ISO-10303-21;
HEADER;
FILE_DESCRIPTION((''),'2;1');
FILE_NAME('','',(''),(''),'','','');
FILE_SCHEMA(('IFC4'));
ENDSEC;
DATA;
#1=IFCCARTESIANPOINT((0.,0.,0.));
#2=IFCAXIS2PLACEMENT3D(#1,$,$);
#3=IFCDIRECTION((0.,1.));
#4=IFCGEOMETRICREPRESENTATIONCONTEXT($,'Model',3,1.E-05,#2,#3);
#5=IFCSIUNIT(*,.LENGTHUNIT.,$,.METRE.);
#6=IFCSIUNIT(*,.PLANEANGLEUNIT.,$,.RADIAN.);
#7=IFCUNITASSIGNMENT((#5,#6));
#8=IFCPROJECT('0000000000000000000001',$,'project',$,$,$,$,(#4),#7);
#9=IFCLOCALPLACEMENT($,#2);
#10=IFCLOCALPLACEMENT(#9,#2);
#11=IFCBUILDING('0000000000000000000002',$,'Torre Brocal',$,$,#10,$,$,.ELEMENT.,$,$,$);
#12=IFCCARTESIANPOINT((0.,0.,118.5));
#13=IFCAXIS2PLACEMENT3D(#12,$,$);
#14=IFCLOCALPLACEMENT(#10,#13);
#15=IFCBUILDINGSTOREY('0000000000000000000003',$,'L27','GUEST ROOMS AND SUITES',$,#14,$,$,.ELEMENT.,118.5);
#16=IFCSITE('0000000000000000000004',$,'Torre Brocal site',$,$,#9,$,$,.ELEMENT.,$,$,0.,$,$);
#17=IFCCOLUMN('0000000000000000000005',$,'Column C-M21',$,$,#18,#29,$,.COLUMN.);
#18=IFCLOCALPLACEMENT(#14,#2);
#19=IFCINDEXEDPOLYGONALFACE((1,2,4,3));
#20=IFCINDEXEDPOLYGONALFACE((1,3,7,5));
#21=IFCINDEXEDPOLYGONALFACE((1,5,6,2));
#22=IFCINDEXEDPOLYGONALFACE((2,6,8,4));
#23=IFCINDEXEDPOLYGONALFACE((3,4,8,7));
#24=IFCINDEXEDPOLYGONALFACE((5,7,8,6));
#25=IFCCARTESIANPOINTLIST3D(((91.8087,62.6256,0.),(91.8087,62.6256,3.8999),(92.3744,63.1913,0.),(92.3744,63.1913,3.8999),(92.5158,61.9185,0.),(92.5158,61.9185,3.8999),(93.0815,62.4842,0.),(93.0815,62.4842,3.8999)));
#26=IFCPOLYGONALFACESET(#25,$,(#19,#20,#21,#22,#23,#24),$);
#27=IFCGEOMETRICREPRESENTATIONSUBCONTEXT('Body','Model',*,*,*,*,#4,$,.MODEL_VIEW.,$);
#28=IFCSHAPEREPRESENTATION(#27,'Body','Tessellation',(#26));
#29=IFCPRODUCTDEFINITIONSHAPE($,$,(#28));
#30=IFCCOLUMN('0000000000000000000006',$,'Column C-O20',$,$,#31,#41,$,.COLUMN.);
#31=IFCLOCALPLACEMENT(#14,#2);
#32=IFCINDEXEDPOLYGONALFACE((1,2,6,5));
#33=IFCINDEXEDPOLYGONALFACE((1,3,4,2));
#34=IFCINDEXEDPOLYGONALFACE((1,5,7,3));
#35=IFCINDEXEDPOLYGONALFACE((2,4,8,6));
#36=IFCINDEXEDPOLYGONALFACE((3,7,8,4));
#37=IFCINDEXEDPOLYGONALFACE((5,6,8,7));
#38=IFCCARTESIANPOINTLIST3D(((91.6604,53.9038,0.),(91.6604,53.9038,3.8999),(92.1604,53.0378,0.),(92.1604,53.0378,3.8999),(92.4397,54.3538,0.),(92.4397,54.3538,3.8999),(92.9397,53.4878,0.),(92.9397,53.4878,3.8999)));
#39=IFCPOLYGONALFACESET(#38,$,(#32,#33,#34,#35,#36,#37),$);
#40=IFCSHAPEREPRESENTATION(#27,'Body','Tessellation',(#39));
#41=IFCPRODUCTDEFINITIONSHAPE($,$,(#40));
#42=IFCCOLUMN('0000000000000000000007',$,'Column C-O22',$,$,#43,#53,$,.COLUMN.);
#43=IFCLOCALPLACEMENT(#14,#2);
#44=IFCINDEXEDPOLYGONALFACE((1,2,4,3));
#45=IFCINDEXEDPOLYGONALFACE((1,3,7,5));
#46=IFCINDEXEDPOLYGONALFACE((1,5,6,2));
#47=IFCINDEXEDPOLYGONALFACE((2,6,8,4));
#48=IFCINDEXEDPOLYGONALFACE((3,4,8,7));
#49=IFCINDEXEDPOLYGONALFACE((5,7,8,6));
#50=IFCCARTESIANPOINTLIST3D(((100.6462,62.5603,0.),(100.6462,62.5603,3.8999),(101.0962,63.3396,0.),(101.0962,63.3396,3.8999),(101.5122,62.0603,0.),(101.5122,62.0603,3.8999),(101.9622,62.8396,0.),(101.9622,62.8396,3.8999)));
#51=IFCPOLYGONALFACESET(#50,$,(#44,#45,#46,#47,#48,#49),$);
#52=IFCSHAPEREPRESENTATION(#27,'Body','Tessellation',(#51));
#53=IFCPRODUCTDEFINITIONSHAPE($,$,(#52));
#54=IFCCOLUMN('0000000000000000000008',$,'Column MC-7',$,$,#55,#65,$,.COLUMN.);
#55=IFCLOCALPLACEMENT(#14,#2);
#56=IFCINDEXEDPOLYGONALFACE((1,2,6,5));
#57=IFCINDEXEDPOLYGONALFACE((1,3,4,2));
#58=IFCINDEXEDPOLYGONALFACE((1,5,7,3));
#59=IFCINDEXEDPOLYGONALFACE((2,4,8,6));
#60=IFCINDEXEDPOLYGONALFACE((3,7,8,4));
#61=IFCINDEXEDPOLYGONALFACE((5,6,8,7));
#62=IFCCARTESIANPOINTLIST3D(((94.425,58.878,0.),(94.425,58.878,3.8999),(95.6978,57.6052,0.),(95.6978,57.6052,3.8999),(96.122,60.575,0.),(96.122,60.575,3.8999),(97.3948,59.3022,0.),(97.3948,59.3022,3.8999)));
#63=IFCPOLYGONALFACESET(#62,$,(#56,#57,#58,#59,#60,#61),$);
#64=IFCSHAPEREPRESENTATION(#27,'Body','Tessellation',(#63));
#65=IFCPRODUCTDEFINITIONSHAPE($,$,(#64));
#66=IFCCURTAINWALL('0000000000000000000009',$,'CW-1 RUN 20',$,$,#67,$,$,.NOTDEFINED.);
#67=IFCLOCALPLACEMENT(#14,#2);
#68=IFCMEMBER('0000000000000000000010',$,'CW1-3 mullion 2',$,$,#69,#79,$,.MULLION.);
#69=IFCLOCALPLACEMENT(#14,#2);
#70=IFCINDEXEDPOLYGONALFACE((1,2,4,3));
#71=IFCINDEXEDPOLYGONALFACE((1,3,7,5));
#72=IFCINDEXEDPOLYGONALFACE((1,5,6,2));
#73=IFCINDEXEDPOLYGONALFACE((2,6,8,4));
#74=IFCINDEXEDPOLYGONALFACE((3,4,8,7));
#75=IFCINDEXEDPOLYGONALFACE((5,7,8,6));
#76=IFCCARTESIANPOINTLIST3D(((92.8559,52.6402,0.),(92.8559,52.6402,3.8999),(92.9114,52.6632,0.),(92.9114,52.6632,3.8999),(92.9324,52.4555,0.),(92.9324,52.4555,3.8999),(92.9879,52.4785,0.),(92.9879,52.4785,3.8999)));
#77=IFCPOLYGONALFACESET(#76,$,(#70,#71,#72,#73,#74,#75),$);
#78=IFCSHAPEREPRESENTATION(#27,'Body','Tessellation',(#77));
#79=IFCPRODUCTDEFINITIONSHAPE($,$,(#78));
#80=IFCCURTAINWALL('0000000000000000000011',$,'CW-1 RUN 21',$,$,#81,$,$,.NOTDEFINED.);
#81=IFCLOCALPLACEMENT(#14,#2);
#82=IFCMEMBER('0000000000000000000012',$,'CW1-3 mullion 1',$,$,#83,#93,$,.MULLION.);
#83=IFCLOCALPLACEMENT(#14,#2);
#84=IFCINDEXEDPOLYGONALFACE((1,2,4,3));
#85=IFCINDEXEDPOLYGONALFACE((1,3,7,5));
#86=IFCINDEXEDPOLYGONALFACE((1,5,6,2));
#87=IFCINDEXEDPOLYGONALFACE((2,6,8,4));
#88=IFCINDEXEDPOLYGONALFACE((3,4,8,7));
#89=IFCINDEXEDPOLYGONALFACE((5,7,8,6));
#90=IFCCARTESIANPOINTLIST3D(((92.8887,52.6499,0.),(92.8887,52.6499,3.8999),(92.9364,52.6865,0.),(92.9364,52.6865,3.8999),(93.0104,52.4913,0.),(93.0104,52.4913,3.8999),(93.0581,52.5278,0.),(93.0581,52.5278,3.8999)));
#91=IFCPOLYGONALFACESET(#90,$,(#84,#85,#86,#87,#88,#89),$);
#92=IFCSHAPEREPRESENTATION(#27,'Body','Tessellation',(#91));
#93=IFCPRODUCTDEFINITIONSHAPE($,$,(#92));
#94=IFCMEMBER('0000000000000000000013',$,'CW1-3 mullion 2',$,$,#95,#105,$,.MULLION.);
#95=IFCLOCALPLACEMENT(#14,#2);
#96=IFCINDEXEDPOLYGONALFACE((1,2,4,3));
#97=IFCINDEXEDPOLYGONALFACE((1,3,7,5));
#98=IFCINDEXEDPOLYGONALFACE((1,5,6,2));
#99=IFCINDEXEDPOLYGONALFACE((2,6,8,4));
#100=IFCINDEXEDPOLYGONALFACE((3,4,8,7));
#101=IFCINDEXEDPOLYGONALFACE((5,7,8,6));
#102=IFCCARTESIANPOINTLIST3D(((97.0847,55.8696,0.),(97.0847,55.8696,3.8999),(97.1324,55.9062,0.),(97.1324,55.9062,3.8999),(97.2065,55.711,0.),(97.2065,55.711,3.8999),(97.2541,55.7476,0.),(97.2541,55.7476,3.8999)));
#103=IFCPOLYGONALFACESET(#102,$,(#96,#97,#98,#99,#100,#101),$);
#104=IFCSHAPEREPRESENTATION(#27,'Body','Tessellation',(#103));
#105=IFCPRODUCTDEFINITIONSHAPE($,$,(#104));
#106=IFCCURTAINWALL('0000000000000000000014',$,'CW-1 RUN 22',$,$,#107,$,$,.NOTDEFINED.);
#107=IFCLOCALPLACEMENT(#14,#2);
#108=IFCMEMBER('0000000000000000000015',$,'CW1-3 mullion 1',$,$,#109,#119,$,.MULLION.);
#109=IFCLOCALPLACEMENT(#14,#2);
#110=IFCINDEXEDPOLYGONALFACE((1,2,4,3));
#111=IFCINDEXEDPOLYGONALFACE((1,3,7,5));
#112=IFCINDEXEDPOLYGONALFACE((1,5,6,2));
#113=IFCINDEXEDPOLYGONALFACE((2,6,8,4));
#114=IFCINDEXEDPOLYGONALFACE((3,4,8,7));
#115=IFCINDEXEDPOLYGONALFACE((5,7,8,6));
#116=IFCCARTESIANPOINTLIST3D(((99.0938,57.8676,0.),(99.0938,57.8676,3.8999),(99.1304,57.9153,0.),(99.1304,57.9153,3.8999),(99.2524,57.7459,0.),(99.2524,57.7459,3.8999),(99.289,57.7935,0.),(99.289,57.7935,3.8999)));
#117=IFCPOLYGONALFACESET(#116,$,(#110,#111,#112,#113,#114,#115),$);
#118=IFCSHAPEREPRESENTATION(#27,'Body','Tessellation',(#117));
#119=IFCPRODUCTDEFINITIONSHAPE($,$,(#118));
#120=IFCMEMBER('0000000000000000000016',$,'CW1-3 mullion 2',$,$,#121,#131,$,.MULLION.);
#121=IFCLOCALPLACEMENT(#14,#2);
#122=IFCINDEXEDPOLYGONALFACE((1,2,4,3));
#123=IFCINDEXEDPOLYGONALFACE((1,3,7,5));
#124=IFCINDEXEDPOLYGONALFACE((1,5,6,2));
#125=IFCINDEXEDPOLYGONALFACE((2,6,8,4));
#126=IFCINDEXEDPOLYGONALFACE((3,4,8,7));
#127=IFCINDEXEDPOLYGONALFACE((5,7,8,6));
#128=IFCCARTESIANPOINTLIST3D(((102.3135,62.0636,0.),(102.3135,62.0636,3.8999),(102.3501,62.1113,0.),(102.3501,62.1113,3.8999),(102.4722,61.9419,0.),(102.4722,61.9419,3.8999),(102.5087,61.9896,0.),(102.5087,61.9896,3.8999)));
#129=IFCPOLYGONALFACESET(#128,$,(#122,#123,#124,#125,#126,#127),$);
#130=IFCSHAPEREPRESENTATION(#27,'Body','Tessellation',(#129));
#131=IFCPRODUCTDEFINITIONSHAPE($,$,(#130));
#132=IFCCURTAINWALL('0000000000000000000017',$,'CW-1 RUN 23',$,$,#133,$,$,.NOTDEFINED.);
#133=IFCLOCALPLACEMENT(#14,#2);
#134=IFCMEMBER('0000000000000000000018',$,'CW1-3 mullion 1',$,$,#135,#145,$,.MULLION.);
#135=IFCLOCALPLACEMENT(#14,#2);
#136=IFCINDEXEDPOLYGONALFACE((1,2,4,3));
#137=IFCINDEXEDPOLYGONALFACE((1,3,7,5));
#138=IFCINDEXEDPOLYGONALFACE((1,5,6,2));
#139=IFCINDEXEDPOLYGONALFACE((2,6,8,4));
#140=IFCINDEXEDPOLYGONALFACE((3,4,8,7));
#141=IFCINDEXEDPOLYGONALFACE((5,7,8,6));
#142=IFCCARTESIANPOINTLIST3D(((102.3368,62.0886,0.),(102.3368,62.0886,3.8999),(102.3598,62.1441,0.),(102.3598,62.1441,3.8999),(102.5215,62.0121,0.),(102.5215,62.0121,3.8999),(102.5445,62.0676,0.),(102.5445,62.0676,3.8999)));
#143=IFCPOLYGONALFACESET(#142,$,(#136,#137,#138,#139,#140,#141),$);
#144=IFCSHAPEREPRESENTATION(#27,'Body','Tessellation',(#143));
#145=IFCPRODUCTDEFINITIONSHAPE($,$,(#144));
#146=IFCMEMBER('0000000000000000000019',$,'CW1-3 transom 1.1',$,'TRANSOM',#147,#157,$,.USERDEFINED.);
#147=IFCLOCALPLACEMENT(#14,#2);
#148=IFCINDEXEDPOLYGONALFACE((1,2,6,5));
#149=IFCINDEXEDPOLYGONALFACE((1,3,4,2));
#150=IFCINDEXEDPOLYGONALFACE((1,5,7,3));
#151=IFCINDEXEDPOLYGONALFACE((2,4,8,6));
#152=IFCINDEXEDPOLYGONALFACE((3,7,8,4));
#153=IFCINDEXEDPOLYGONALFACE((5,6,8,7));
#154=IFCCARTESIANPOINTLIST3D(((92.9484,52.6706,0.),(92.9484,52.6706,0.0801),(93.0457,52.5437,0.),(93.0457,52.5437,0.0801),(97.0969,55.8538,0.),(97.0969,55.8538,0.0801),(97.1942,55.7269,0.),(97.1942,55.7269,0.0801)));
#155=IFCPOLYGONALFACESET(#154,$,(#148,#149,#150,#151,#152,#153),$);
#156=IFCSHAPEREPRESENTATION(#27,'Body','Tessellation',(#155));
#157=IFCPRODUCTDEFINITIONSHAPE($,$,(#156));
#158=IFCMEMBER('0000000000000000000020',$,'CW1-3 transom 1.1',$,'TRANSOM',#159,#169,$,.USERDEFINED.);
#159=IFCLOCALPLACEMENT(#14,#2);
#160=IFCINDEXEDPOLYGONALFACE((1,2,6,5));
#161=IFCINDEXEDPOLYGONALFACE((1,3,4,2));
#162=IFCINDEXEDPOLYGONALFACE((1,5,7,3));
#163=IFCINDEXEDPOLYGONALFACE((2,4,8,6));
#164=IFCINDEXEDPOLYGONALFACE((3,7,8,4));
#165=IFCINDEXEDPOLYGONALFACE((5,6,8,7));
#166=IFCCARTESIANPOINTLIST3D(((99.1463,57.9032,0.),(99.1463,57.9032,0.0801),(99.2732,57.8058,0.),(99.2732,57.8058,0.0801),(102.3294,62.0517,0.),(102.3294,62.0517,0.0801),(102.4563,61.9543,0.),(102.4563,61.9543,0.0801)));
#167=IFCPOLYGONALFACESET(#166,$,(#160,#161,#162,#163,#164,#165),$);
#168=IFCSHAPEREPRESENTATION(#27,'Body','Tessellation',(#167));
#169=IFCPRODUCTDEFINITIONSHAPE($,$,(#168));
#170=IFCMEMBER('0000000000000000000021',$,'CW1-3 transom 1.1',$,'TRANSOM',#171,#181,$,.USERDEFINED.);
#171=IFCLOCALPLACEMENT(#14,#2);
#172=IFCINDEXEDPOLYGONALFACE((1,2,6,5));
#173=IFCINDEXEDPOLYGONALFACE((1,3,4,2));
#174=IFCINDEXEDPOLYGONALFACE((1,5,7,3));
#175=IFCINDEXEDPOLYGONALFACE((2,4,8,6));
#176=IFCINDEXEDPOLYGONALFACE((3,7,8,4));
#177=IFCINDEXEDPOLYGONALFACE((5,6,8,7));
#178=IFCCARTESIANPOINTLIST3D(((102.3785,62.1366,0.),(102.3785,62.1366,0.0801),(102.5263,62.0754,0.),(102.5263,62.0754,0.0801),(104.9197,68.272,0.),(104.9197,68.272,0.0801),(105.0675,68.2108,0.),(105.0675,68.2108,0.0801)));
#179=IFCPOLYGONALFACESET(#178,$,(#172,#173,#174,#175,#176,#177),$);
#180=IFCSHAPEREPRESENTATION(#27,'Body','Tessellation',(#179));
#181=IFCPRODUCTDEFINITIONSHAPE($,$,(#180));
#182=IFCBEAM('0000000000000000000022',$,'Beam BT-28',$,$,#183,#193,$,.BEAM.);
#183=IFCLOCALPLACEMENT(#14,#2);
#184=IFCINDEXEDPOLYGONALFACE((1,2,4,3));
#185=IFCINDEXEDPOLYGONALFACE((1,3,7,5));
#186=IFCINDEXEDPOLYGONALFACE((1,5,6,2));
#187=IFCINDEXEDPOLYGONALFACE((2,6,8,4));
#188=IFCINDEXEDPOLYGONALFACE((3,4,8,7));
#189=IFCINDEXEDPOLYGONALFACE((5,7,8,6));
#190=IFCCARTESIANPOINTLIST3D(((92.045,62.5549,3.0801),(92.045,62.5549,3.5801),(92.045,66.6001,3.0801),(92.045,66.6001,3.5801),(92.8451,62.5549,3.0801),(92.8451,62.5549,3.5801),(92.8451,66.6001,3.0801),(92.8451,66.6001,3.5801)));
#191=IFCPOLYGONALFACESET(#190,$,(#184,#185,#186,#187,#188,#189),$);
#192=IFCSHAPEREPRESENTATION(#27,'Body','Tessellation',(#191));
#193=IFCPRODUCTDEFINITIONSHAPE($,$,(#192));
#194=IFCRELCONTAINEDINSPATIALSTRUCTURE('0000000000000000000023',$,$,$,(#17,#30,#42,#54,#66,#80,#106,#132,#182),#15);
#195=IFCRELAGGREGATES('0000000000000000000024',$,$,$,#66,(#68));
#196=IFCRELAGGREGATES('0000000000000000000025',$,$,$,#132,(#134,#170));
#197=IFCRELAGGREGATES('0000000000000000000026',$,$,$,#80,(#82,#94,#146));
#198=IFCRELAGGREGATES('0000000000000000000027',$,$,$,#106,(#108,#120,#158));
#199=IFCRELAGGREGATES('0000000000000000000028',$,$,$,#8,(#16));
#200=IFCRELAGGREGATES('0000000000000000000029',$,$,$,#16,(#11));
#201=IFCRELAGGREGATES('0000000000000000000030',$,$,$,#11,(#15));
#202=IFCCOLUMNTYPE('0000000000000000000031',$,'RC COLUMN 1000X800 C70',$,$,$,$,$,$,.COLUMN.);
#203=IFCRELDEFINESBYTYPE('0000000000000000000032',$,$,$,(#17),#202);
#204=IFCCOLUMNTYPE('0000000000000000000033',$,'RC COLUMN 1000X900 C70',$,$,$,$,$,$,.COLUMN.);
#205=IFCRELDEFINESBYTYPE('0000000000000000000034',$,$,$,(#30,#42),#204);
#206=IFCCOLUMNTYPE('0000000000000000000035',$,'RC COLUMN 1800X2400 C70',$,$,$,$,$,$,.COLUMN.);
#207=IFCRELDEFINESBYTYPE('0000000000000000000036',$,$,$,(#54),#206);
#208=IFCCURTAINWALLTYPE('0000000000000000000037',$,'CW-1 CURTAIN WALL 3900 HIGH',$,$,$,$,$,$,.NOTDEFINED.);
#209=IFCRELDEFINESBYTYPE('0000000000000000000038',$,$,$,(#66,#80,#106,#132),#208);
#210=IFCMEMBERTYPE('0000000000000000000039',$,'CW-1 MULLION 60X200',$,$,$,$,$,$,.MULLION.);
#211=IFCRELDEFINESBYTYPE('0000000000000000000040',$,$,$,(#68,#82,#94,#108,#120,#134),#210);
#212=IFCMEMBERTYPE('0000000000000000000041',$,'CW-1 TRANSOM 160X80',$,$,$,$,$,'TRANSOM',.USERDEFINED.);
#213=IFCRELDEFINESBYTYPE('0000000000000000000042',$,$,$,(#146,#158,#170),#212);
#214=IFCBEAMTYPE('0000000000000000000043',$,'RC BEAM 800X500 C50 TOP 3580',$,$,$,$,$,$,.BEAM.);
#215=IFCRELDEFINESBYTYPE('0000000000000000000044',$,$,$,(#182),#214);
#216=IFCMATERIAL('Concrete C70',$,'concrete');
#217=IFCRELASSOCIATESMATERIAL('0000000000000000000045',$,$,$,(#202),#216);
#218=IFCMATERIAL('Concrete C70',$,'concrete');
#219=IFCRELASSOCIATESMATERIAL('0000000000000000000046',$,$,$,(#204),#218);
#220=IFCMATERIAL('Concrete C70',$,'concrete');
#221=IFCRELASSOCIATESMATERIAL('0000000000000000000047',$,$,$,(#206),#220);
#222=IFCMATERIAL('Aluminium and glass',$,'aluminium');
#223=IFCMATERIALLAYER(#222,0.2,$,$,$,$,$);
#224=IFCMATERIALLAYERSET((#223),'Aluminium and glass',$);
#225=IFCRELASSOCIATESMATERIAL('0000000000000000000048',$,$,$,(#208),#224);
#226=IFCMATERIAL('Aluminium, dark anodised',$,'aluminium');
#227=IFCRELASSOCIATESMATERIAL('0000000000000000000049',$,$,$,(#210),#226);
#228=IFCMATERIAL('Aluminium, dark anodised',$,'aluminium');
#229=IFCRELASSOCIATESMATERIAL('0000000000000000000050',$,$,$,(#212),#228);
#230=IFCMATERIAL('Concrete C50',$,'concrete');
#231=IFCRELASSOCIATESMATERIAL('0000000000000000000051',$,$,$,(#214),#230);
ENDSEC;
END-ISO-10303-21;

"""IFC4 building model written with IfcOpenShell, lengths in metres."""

from ifc_helpers import new_model, si_unit, direction, frame, origin, origin_2d, place, context, subcontext, project, spatial, rectangle, extrude, material, layer, layer_set, material_profile, profile_set, type_object, element, aggregate, save


model = new_model("IFC4")

# Units and contexts
model_context = context("Model", 3, precision=1e-05, world=origin(), true_north=direction((0.0, 1.0)))
body_context = subcontext(model_context, "Body", "Model", "MODEL_VIEW")
ifc_project = project(units=[si_unit("LENGTHUNIT", "METRE"), si_unit("PLANEANGLEUNIT", "RADIAN")], contexts=[model_context])

# Site, building, storey
site_placement = place(None, origin())
site = spatial("IfcSite", under=ifc_project, at=site_placement, Name="Torre Brocal site", CompositionType="ELEMENT", RefElevation=0.0)
building_placement = place(site_placement, origin())
building = spatial("IfcBuilding", under=site, at=building_placement, Name="Torre Brocal", CompositionType="ELEMENT")
storey_placement = place(building_placement, frame((0.0, 0.0, 118.5)))
storey = spatial("IfcBuildingStorey", under=building, at=storey_placement, Name="L27", Description="GUEST ROOMS AND SUITES", CompositionType="ELEMENT", Elevation=118.5)

# Columns
ifc_material_1 = material(Name="Concrete C70", Category="concrete")
ifc_material_profile_1 = material_profile(ifc_material_1, rectangle(XDim=1.0, YDim=0.8, at=origin_2d()), Name="RC 1000X800")
ifc_profile_set_1 = profile_set([ifc_material_profile_1], Name="Concrete C70")
column_type_1 = type_object("IfcColumnType", Name="RC COLUMN 1000X800 C70", PredefinedType="COLUMN", material=ifc_profile_set_1)
column_1_placement = place(storey_placement, frame((92.4451, 62.5549, 0.0), z_axis=(0.0, 0.0, 1.0), x_axis=(0.707107, -0.707107, 0.0)))
element("IfcColumn", 1, at=column_1_placement, inside=storey, type_object=column_type_1, Name="Column C-M21", PredefinedType="COLUMN", context=body_context, shape_type="SweptSolid", body=[
    extrude(rectangle(XDim=1.0, YDim=0.8, at=origin_2d()), origin(), (0.0, 0.0, 1.0), 3.8999),
])
ifc_material_2 = material(Name="Concrete C70", Category="concrete")
ifc_material_profile_2 = material_profile(ifc_material_2, rectangle(XDim=1.0, YDim=0.8999, at=origin_2d()), Name="RC 1000X900")
ifc_profile_set_2 = profile_set([ifc_material_profile_2], Name="Concrete C70")
column_type_2 = type_object("IfcColumnType", Name="RC COLUMN 1000X900 C70", PredefinedType="COLUMN", material=ifc_profile_set_2)
for number, where, z_axis, x_axis, name in (
    (2, (92.3, 53.6958, 0.0), (0.0, 0.0, 1.0), (0.5, -0.866025, 0.0), "Column C-O20"),
    (3, (101.3042, 62.7, 0.0), (0.0, 0.0, 1.0), (0.866025, -0.5, 0.0), "Column C-O22"),
):
    element("IfcColumn", number, at=place(storey_placement, frame(where, z_axis=z_axis, x_axis=x_axis)), inside=storey, type_object=column_type_2, Name=name, PredefinedType="COLUMN", context=body_context, shape_type="SweptSolid", body=[
        extrude(rectangle(XDim=1.0, YDim=0.8999, at=origin_2d()), origin(), (0.0, 0.0, 1.0), 3.8999),
    ])
ifc_material_3 = material(Name="Concrete C70", Category="concrete")
ifc_material_profile_3 = material_profile(ifc_material_3, rectangle(XDim=1.8, YDim=2.3999, at=origin_2d()), Name="RC 1800X2400")
ifc_profile_set_3 = profile_set([ifc_material_profile_3], Name="Concrete C70")
column_type_3 = type_object("IfcColumnType", Name="RC COLUMN 1800X2400 C70", PredefinedType="COLUMN", material=ifc_profile_set_3)
column_2_placement = place(storey_placement, frame((95.9099, 59.0901, 0.0), z_axis=(0.0, 0.0, 1.0), x_axis=(0.707107, -0.707107, 0.0)))
element("IfcColumn", 4, at=column_2_placement, inside=storey, type_object=column_type_3, Name="Column MC-7", PredefinedType="COLUMN", context=body_context, shape_type="SweptSolid", body=[
    extrude(rectangle(XDim=1.8, YDim=2.3999, at=origin_2d()), origin(), (0.0, 0.0, 1.0), 3.8999),
])

# Curtain wall, member
ifc_material_4 = material(Name="Aluminium and glass", Category="aluminium")
ifc_layer_1 = layer(ifc_material_4, 0.2)
ifc_layer_set_1 = layer_set([ifc_layer_1], Name="Aluminium and glass")
curtain_wall_type = type_object("IfcCurtainWallType", Name="CW-1 CURTAIN WALL 3900 HIGH", PredefinedType="NOTDEFINED", material=ifc_layer_set_1)
curtain_wall_1_placement = place(storey_placement, origin())
curtain_wall_1 = element("IfcCurtainWall", 5, at=curtain_wall_1_placement, inside=storey, type_object=curtain_wall_type, Name="CW-1 RUN 20", PredefinedType="NOTDEFINED")
ifc_material_5 = material(Name="Aluminium, dark anodised", Category="aluminium")
ifc_material_profile_4 = material_profile(ifc_material_5, rectangle(XDim=0.2, YDim=0.0601, at=origin_2d()), Name="CW-1 MULLION 60X200")
ifc_profile_set_4 = profile_set([ifc_material_profile_4], Name="Aluminium, dark anodised")
member_type_1 = type_object("IfcMemberType", Name="CW-1 MULLION 60X200", PredefinedType="MULLION", material=ifc_profile_set_4)
member_1_placement = place(storey_placement, frame((92.9219, 52.5593, 0.0), z_axis=(0.0, 0.0, 1.0), x_axis=(-0.382683, 0.92388, 0.0)))
member_1 = element("IfcMember", 6, at=member_1_placement, type_object=member_type_1, Name="CW1-3 mullion 2", PredefinedType="MULLION", context=body_context, shape_type="SweptSolid", body=[
    extrude(rectangle(XDim=0.2, YDim=0.0601, at=origin_2d()), origin(), (0.0, 0.0, 1.0), 3.8999),
])
aggregate(curtain_wall_1, [member_1])

# Curtain walls, members
curtain_wall_2_placement = place(storey_placement, origin())
curtain_wall_2 = element("IfcCurtainWall", 7, at=curtain_wall_2_placement, inside=storey, type_object=curtain_wall_type, Name="CW-1 RUN 21", PredefinedType="NOTDEFINED")
member_2_placement = place(storey_placement, frame((92.9734, 52.5889, 0.0), z_axis=(0.0, 0.0, 1.0), x_axis=(-0.608761, 0.793353, 0.0)))
member_2 = element("IfcMember", 8, at=member_2_placement, type_object=member_type_1, Name="CW1-3 mullion 1", PredefinedType="MULLION", context=body_context, shape_type="SweptSolid", body=[
    extrude(rectangle(XDim=0.2, YDim=0.0601, at=origin_2d()), origin(), (0.0, 0.0, 1.0), 3.8999),
])
member_3_placement = place(storey_placement, frame((97.1694, 55.8086, 0.0), z_axis=(0.0, 0.0, 1.0), x_axis=(-0.608761, 0.793353, 0.0)))
member_3 = element("IfcMember", 9, at=member_3_placement, type_object=member_type_1, Name="CW1-3 mullion 2", PredefinedType="MULLION", context=body_context, shape_type="SweptSolid", body=[
    extrude(rectangle(XDim=0.2, YDim=0.0601, at=origin_2d()), origin(), (0.0, 0.0, 1.0), 3.8999),
])
curtain_wall_3_placement = place(storey_placement, origin())
curtain_wall_3 = element("IfcCurtainWall", 10, at=curtain_wall_3_placement, inside=storey, type_object=curtain_wall_type, Name="CW-1 RUN 22", PredefinedType="NOTDEFINED")
member_4_placement = place(storey_placement, frame((99.1914, 57.8306, 0.0), z_axis=(0.0, 0.0, 1.0), x_axis=(-0.793353, 0.608761, 0.0)))
member_4 = element("IfcMember", 11, at=member_4_placement, type_object=member_type_1, Name="CW1-3 mullion 1", PredefinedType="MULLION", context=body_context, shape_type="SweptSolid", body=[
    extrude(rectangle(XDim=0.2, YDim=0.0601, at=origin_2d()), origin(), (0.0, 0.0, 1.0), 3.8999),
])
member_5_placement = place(storey_placement, frame((102.4111, 62.0266, 0.0), z_axis=(0.0, 0.0, 1.0), x_axis=(-0.793353, 0.608761, 0.0)))
member_5 = element("IfcMember", 12, at=member_5_placement, type_object=member_type_1, Name="CW1-3 mullion 2", PredefinedType="MULLION", context=body_context, shape_type="SweptSolid", body=[
    extrude(rectangle(XDim=0.2, YDim=0.0601, at=origin_2d()), origin(), (0.0, 0.0, 1.0), 3.8999),
])

# Curtain wall, member
curtain_wall_4_placement = place(storey_placement, origin())
curtain_wall_4 = element("IfcCurtainWall", 13, at=curtain_wall_4_placement, inside=storey, type_object=curtain_wall_type, Name="CW-1 RUN 23", PredefinedType="NOTDEFINED")
member_6_placement = place(storey_placement, frame((102.4407, 62.0781, 0.0), z_axis=(0.0, 0.0, 1.0), x_axis=(-0.92388, 0.382683, 0.0)))
member_6 = element("IfcMember", 14, at=member_6_placement, type_object=member_type_1, Name="CW1-3 mullion 1", PredefinedType="MULLION", context=body_context, shape_type="SweptSolid", body=[
    extrude(rectangle(XDim=0.2, YDim=0.0601, at=origin_2d()), origin(), (0.0, 0.0, 1.0), 3.8999),
])

# Members
ifc_material_6 = material(Name="Aluminium, dark anodised", Category="aluminium")
ifc_material_profile_5 = material_profile(ifc_material_6, rectangle(XDim=0.1599, YDim=0.0801, at=origin_2d()), Name="CW-1 TRANSOM 160X80")
ifc_profile_set_5 = profile_set([ifc_material_profile_5], Name="Aluminium, dark anodised")
member_type_2 = type_object("IfcMemberType", Name="CW-1 TRANSOM 160X80", ElementType="TRANSOM", PredefinedType="USERDEFINED", material=ifc_profile_set_5)
member_7_placement = place(storey_placement, frame((92.9971, 52.6072, 0.04), z_axis=(0.793363, 0.608749, 0.0), x_axis=(-0.608749, 0.793363, 0.0)))
member_7 = element("IfcMember", 15, at=member_7_placement, type_object=member_type_2, Name="CW1-3 transom 1.1", ObjectType="TRANSOM", PredefinedType="USERDEFINED", context=body_context, shape_type="SweptSolid", body=[
    extrude(rectangle(XDim=0.1599, YDim=0.0801, at=origin_2d()), origin(), (0.0, 0.0, 1.0), 5.229),
])
member_8_placement = place(storey_placement, frame((99.2097, 57.8545, 0.04), z_axis=(0.608749, 0.793363, 0.0), x_axis=(-0.793363, 0.608749, 0.0)))
member_8 = element("IfcMember", 16, at=member_8_placement, type_object=member_type_2, Name="CW1-3 transom 1.1", ObjectType="TRANSOM", PredefinedType="USERDEFINED", context=body_context, shape_type="SweptSolid", body=[
    extrude(rectangle(XDim=0.1599, YDim=0.0801, at=origin_2d()), origin(), (0.0, 0.0, 1.0), 5.229),
])
member_9_placement = place(storey_placement, frame((102.4524, 62.106, 0.04), z_axis=(0.382665, 0.923887, 0.0), x_axis=(-0.923887, 0.382665, 0.0)))
member_9 = element("IfcMember", 17, at=member_9_placement, type_object=member_type_2, Name="CW1-3 transom 1.1", ObjectType="TRANSOM", PredefinedType="USERDEFINED", context=body_context, shape_type="SweptSolid", body=[
    extrude(rectangle(XDim=0.1599, YDim=0.0801, at=origin_2d()), origin(), (0.0, 0.0, 1.0), 6.6409),
])
aggregate(curtain_wall_4, [member_6, member_9])

# Beam
ifc_material_7 = material(Name="Concrete C50", Category="concrete")
ifc_material_profile_6 = material_profile(ifc_material_7, rectangle(XDim=0.8, YDim=0.5, at=origin_2d()), Name="RC 800X500")
ifc_profile_set_6 = profile_set([ifc_material_profile_6], Name="Concrete C50")
beam_type_1 = type_object("IfcBeamType", Name="RC BEAM 800X500 C50 TOP 3580", PredefinedType="BEAM", material=ifc_profile_set_6)
beam_placement = place(storey_placement, frame((92.4451, 62.5549, 3.3301), z_axis=(0.0, 1.0, 0.0), x_axis=(-1.0, 0.0, 0.0)))
element("IfcBeam", 18, at=beam_placement, inside=storey, type_object=beam_type_1, Name="Beam BT-28", PredefinedType="BEAM", context=body_context, shape_type="SweptSolid", body=[
    extrude(rectangle(XDim=0.8, YDim=0.5, at=origin_2d()), origin(), (0.0, 0.0, 1.0), 4.0452),
])

aggregate(curtain_wall_2, [member_2, member_3, member_7])
aggregate(curtain_wall_3, [member_4, member_5, member_8])

save(model, "model.ifc")
